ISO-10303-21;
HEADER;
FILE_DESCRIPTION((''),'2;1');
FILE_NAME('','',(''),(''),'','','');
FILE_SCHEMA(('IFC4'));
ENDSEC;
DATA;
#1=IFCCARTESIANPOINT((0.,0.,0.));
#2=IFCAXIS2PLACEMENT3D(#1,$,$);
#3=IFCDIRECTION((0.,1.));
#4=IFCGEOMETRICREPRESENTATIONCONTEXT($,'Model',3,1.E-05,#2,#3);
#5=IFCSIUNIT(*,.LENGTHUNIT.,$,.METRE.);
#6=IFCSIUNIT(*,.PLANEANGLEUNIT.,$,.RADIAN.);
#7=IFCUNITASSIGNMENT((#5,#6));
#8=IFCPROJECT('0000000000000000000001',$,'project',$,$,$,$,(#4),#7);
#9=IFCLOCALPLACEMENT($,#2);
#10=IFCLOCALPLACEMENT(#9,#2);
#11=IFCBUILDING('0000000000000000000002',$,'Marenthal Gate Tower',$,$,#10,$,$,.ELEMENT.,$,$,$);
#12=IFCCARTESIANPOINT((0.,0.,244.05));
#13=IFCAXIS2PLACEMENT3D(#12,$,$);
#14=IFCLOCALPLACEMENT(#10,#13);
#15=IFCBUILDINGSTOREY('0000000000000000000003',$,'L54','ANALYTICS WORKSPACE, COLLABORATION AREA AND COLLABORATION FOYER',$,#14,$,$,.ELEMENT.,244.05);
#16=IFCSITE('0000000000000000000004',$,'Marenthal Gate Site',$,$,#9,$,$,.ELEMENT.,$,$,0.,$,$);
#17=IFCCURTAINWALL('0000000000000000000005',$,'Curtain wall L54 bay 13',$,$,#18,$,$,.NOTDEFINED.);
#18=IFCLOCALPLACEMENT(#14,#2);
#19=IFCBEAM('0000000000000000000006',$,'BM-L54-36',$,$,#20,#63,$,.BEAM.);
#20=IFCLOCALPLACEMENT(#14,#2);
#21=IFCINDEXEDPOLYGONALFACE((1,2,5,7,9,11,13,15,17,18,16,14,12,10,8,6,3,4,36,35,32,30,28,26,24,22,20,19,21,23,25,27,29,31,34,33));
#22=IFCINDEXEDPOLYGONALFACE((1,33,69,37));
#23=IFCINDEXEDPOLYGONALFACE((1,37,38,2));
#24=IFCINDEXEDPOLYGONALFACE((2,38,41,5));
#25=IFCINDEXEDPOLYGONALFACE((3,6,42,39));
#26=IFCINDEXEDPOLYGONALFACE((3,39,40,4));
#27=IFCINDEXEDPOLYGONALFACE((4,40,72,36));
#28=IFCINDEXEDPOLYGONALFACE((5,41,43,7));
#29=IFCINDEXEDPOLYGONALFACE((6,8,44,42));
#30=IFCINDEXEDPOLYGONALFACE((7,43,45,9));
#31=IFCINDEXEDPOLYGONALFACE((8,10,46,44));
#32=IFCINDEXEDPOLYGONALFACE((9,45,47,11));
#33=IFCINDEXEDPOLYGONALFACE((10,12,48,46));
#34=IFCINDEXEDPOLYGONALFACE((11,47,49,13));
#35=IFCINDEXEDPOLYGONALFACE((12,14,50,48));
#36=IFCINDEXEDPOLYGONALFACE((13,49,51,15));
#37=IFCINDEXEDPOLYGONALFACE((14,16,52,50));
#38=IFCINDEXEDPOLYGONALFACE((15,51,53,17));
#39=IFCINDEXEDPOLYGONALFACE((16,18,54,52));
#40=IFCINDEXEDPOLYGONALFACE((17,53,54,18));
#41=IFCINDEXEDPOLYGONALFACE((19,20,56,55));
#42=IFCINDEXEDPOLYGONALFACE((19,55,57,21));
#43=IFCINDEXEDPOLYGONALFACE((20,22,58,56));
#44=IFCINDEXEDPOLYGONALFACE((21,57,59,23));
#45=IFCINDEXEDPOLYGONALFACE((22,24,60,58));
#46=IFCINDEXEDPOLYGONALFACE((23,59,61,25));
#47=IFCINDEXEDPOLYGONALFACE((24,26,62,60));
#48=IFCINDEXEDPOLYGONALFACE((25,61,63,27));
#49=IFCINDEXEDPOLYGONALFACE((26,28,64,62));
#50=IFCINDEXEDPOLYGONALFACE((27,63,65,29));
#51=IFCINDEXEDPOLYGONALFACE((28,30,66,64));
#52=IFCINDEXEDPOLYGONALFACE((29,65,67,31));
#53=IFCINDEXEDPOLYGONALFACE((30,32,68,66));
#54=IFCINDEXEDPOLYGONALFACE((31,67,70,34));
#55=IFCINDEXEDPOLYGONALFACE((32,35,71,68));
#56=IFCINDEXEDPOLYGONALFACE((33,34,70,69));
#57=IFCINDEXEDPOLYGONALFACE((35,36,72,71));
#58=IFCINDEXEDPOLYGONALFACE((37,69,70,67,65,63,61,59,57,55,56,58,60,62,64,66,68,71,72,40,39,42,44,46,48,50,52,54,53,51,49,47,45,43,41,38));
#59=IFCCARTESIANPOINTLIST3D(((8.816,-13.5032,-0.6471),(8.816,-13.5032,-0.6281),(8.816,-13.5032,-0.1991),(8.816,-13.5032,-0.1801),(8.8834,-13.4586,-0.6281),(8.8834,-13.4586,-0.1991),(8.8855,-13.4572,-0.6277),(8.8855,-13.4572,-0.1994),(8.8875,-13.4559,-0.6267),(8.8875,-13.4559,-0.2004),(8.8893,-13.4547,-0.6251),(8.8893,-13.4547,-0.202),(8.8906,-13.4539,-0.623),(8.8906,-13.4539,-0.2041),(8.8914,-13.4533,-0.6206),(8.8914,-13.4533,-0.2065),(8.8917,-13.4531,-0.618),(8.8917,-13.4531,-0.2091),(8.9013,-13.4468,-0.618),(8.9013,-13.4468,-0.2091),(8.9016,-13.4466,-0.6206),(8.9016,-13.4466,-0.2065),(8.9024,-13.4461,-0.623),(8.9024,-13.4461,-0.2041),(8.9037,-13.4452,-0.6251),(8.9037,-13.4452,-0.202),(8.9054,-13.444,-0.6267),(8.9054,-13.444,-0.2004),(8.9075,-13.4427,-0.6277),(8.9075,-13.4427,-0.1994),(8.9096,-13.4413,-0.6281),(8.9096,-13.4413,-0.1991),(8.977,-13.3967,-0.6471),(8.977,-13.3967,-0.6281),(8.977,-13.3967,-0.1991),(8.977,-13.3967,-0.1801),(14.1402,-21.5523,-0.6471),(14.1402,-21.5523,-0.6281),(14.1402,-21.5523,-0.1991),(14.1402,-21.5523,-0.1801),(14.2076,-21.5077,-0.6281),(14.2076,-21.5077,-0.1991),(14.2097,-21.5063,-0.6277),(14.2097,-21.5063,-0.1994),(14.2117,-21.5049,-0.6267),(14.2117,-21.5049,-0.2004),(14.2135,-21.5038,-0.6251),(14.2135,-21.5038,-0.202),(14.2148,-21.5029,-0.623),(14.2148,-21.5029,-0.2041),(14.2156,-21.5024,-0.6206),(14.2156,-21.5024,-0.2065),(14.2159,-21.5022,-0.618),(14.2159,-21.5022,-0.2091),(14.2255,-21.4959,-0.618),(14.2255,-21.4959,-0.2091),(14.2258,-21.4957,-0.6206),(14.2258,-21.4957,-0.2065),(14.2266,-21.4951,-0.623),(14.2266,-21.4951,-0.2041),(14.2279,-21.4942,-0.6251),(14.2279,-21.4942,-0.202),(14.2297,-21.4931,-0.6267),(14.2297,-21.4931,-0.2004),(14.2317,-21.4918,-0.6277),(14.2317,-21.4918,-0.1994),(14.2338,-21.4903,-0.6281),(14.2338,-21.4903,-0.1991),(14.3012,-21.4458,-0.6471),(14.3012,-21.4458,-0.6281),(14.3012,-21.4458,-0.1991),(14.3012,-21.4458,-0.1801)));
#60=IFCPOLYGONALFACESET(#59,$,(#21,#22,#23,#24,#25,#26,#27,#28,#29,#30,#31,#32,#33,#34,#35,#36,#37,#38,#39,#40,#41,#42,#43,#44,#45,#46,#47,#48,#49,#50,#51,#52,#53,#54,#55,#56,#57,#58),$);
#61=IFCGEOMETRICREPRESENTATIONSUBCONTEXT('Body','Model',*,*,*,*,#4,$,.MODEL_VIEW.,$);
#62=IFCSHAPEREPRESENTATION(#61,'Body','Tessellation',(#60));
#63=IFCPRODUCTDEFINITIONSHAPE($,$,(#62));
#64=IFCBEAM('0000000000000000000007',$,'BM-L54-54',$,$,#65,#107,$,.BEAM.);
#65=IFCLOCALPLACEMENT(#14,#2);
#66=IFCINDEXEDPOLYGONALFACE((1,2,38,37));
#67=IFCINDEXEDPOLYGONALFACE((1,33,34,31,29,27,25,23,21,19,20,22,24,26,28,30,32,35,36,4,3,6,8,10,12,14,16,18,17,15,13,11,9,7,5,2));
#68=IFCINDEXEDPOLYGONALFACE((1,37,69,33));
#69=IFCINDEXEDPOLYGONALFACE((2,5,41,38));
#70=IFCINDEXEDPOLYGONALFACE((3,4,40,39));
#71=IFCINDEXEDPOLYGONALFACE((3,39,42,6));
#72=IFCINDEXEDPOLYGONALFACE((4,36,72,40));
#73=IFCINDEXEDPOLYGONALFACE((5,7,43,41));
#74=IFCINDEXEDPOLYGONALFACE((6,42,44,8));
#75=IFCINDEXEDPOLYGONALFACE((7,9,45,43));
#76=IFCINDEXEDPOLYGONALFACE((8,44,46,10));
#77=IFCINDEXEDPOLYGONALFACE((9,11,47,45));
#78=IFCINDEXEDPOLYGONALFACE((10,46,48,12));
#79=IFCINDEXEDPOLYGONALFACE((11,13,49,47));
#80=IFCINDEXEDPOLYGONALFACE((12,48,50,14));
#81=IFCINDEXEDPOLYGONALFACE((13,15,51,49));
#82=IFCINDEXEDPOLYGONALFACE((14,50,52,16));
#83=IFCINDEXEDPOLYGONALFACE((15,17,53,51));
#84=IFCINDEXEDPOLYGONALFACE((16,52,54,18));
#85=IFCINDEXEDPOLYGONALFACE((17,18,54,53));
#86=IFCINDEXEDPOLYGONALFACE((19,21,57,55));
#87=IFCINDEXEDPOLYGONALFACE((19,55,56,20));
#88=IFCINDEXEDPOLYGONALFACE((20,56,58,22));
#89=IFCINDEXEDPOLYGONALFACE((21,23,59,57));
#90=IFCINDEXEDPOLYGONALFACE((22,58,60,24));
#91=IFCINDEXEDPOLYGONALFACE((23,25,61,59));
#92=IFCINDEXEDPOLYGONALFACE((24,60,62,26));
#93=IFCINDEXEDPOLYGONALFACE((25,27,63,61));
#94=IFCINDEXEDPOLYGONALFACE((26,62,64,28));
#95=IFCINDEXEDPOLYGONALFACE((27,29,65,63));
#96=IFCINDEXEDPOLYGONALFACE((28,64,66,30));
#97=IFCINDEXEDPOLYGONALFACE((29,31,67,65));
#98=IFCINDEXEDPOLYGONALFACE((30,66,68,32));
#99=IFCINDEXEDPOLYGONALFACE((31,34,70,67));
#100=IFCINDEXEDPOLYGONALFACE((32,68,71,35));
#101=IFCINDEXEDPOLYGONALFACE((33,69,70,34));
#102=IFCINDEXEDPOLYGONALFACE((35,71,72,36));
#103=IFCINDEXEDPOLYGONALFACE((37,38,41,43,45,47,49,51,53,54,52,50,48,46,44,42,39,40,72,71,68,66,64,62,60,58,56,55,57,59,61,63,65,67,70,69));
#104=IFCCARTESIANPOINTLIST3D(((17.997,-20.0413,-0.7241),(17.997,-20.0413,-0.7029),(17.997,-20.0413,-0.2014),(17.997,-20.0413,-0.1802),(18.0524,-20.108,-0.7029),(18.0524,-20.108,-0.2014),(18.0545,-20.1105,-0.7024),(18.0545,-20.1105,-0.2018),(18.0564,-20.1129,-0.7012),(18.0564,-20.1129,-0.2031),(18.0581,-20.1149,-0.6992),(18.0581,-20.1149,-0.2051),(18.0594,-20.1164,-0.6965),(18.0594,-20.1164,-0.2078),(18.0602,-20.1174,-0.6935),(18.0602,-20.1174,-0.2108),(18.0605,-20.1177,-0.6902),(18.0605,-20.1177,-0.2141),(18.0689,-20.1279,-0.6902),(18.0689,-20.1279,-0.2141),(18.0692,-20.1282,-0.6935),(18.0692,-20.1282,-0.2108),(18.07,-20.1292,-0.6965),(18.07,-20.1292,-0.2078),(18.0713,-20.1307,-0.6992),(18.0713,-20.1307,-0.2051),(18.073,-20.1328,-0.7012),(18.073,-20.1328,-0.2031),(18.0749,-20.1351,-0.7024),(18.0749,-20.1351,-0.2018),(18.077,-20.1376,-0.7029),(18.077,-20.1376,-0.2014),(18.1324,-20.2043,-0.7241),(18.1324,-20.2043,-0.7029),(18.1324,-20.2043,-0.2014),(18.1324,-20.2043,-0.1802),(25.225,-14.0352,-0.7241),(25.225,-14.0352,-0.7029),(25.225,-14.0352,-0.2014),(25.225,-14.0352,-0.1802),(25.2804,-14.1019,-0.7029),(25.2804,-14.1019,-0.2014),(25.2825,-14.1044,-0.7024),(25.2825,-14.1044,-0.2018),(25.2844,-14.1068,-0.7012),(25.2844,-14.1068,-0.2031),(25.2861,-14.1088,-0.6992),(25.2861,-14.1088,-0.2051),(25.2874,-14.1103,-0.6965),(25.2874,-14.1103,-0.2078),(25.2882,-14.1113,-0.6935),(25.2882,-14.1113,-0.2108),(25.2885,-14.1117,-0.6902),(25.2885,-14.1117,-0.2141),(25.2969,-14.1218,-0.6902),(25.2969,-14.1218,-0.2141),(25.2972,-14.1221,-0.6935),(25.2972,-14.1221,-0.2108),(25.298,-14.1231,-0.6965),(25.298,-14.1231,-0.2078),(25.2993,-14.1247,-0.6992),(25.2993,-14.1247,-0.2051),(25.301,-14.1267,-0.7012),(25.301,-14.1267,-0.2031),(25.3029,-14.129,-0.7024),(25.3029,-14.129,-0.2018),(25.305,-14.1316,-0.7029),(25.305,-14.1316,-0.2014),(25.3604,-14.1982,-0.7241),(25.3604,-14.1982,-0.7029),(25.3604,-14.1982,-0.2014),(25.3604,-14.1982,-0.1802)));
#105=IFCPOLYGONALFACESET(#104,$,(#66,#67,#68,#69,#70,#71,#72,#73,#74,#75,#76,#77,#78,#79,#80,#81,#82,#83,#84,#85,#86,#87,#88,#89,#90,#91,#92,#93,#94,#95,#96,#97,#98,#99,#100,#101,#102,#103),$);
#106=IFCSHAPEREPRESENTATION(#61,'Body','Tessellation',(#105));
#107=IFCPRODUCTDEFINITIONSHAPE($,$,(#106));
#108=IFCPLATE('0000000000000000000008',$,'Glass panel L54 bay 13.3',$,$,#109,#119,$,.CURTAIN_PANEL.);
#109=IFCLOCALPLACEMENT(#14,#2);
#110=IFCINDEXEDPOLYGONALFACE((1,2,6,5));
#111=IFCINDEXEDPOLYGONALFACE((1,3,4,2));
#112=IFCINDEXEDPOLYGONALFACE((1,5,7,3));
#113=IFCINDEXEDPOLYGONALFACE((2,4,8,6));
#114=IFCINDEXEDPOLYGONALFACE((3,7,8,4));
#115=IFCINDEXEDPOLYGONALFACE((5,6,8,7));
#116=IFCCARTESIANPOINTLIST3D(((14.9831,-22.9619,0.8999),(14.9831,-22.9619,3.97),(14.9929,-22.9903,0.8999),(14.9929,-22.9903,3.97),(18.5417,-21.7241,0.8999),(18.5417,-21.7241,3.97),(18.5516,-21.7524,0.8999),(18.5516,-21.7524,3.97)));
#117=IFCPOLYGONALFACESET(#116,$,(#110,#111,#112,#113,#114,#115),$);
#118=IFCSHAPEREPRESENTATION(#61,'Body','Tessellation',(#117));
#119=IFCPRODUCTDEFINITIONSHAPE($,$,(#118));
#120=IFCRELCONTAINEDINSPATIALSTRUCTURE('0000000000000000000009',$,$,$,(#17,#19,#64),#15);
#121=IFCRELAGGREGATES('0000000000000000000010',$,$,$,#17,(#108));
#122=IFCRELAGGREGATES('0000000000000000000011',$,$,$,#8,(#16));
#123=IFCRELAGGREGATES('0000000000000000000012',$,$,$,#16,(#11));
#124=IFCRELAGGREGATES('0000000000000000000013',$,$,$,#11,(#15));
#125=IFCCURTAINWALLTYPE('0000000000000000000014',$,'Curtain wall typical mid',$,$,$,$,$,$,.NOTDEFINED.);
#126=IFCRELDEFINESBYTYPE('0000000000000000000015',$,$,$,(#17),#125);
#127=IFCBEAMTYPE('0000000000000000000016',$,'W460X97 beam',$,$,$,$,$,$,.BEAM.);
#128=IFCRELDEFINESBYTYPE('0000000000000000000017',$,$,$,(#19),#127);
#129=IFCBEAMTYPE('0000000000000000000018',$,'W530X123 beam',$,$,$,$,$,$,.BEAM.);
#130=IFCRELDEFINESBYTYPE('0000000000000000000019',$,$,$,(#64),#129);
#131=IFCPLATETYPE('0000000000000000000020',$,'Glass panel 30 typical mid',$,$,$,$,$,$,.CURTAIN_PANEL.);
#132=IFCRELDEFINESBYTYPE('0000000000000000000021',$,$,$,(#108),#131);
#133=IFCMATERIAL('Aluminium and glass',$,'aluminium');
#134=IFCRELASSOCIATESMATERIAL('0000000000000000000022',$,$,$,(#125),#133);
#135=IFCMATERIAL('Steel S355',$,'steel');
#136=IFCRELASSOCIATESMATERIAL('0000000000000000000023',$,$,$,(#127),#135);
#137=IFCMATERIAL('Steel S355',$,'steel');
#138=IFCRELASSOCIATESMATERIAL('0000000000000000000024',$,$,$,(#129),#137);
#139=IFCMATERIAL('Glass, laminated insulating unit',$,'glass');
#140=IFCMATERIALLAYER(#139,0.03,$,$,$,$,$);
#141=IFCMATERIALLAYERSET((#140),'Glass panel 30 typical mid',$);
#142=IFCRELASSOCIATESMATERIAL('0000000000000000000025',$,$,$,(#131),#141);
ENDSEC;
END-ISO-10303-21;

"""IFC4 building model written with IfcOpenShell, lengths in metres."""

from ifc_helpers import new_model, si_unit, direction, frame, origin, origin_2d, place, context, subcontext, project, spatial, rectangle, i_section, extrude, material, layer, layer_set, material_profile, profile_set, type_object, element, aggregate, save


model = new_model("IFC4")

# Units and contexts
model_context = context("Model", 3, precision=1e-05, world=origin(), true_north=direction((0.0, 1.0)))
body_context = subcontext(model_context, "Body", "Model", "MODEL_VIEW")
ifc_project = project(units=[si_unit("LENGTHUNIT", "METRE"), si_unit("PLANEANGLEUNIT", "RADIAN")], contexts=[model_context])

# Site, building, storey
site_placement = place(None, origin())
site = spatial("IfcSite", under=ifc_project, at=site_placement, Name="Marenthal Gate Site", CompositionType="ELEMENT", RefElevation=0.0)
building_placement = place(site_placement, origin())
building = spatial("IfcBuilding", under=site, at=building_placement, Name="Marenthal Gate Tower", CompositionType="ELEMENT")
storey_placement = place(building_placement, frame((0.0, 0.0, 244.05)))
storey = spatial("IfcBuildingStorey", under=building, at=storey_placement, Name="L54", Description="ANALYTICS WORKSPACE, COLLABORATION AREA AND COLLABORATION FOYER", CompositionType="ELEMENT", Elevation=244.05)

# Curtain wall
ifc_material_1 = material(Name="Aluminium and glass", Category="aluminium")
curtain_wall_type = type_object("IfcCurtainWallType", Name="Curtain wall typical mid", PredefinedType="NOTDEFINED", material=ifc_material_1)
curtain_wall_1_placement = place(storey_placement, origin())
curtain_wall_1 = element("IfcCurtainWall", 1, at=curtain_wall_1_placement, inside=storey, type_object=curtain_wall_type, Name="Curtain wall L54 bay 13", PredefinedType="NOTDEFINED")

# Beams
ifc_material_2 = material(Name="Steel S355", Category="steel")
ifc_material_profile_1 = material_profile(ifc_material_2, i_section(OverallWidth=0.1931, OverallDepth=0.467, WebThickness=0.0115, FlangeThickness=0.019, FilletRadius=0.01, at=origin_2d()), Name="W460X97")
ifc_profile_set_1 = profile_set([ifc_material_profile_1], Name="Steel S355")
beam_type_1 = type_object("IfcBeamType", Name="W460X97 beam", PredefinedType="BEAM", material=ifc_profile_set_1)
beam_1_placement = place(storey_placement, frame((14.2207, -21.499, -0.4136), z_axis=(-0.551696, 0.834045, 0.0), x_axis=(-0.834045, -0.551696, 0.0)))
element("IfcBeam", 2, at=beam_1_placement, inside=storey, type_object=beam_type_1, Name="BM-L54-36", PredefinedType="BEAM", context=body_context, shape_type="SweptSolid", body=[
    extrude(i_section(OverallWidth=0.1931, OverallDepth=0.467, WebThickness=0.0115, FlangeThickness=0.019, FilletRadius=0.01, at=origin_2d()), origin(), (0.0, 0.0, 1.0), 9.6506),
])
ifc_material_3 = material(Name="Steel S355", Category="steel")
ifc_material_profile_2 = material_profile(ifc_material_3, i_section(OverallWidth=0.2119, OverallDepth=0.5439, WebThickness=0.0132, FlangeThickness=0.0212, FilletRadius=0.0127, at=origin_2d()), Name="W530X123")
ifc_profile_set_2 = profile_set([ifc_material_profile_2], Name="Steel S355")
beam_type_2 = type_object("IfcBeamType", Name="W530X123 beam", PredefinedType="BEAM", material=ifc_profile_set_2)
beam_2_placement = place(storey_placement, frame((18.0647, -20.1228, -0.4521), z_axis=(0.769123, 0.6391, 0.0), x_axis=(-0.6391, 0.769123, 0.0)))
element("IfcBeam", 3, at=beam_2_placement, inside=storey, type_object=beam_type_2, Name="BM-L54-54", PredefinedType="BEAM", context=body_context, shape_type="SweptSolid", body=[
    extrude(i_section(OverallWidth=0.2119, OverallDepth=0.5439, WebThickness=0.0132, FlangeThickness=0.0212, FilletRadius=0.0127, at=origin_2d()), origin(), (0.0, 0.0, 1.0), 9.3977),
])

# Plate
ifc_material_4 = material(Name="Glass, laminated insulating unit", Category="glass")
ifc_layer_1 = layer(ifc_material_4, 0.03)
ifc_layer_set_1 = layer_set([ifc_layer_1], Name="Glass panel 30 typical mid")
plate_type = type_object("IfcPlateType", Name="Glass panel 30 typical mid", PredefinedType="CURTAIN_PANEL", material=ifc_layer_set_1)
plate_placement = place(storey_placement, frame((16.7673, -22.3572, 0.8999), z_axis=(0.0, 0.0, 1.0), x_axis=(0.94449, 0.32854, 0.0)))
plate = element("IfcPlate", 4, at=plate_placement, type_object=plate_type, Name="Glass panel L54 bay 13.3", PredefinedType="CURTAIN_PANEL", context=body_context, shape_type="SweptSolid", body=[
    extrude(rectangle(XDim=3.7678, YDim=0.03, at=origin_2d()), origin(), (0.0, 0.0, 1.0), 3.0701),
])
aggregate(curtain_wall_1, [plate])

save(model, "model.ifc")
